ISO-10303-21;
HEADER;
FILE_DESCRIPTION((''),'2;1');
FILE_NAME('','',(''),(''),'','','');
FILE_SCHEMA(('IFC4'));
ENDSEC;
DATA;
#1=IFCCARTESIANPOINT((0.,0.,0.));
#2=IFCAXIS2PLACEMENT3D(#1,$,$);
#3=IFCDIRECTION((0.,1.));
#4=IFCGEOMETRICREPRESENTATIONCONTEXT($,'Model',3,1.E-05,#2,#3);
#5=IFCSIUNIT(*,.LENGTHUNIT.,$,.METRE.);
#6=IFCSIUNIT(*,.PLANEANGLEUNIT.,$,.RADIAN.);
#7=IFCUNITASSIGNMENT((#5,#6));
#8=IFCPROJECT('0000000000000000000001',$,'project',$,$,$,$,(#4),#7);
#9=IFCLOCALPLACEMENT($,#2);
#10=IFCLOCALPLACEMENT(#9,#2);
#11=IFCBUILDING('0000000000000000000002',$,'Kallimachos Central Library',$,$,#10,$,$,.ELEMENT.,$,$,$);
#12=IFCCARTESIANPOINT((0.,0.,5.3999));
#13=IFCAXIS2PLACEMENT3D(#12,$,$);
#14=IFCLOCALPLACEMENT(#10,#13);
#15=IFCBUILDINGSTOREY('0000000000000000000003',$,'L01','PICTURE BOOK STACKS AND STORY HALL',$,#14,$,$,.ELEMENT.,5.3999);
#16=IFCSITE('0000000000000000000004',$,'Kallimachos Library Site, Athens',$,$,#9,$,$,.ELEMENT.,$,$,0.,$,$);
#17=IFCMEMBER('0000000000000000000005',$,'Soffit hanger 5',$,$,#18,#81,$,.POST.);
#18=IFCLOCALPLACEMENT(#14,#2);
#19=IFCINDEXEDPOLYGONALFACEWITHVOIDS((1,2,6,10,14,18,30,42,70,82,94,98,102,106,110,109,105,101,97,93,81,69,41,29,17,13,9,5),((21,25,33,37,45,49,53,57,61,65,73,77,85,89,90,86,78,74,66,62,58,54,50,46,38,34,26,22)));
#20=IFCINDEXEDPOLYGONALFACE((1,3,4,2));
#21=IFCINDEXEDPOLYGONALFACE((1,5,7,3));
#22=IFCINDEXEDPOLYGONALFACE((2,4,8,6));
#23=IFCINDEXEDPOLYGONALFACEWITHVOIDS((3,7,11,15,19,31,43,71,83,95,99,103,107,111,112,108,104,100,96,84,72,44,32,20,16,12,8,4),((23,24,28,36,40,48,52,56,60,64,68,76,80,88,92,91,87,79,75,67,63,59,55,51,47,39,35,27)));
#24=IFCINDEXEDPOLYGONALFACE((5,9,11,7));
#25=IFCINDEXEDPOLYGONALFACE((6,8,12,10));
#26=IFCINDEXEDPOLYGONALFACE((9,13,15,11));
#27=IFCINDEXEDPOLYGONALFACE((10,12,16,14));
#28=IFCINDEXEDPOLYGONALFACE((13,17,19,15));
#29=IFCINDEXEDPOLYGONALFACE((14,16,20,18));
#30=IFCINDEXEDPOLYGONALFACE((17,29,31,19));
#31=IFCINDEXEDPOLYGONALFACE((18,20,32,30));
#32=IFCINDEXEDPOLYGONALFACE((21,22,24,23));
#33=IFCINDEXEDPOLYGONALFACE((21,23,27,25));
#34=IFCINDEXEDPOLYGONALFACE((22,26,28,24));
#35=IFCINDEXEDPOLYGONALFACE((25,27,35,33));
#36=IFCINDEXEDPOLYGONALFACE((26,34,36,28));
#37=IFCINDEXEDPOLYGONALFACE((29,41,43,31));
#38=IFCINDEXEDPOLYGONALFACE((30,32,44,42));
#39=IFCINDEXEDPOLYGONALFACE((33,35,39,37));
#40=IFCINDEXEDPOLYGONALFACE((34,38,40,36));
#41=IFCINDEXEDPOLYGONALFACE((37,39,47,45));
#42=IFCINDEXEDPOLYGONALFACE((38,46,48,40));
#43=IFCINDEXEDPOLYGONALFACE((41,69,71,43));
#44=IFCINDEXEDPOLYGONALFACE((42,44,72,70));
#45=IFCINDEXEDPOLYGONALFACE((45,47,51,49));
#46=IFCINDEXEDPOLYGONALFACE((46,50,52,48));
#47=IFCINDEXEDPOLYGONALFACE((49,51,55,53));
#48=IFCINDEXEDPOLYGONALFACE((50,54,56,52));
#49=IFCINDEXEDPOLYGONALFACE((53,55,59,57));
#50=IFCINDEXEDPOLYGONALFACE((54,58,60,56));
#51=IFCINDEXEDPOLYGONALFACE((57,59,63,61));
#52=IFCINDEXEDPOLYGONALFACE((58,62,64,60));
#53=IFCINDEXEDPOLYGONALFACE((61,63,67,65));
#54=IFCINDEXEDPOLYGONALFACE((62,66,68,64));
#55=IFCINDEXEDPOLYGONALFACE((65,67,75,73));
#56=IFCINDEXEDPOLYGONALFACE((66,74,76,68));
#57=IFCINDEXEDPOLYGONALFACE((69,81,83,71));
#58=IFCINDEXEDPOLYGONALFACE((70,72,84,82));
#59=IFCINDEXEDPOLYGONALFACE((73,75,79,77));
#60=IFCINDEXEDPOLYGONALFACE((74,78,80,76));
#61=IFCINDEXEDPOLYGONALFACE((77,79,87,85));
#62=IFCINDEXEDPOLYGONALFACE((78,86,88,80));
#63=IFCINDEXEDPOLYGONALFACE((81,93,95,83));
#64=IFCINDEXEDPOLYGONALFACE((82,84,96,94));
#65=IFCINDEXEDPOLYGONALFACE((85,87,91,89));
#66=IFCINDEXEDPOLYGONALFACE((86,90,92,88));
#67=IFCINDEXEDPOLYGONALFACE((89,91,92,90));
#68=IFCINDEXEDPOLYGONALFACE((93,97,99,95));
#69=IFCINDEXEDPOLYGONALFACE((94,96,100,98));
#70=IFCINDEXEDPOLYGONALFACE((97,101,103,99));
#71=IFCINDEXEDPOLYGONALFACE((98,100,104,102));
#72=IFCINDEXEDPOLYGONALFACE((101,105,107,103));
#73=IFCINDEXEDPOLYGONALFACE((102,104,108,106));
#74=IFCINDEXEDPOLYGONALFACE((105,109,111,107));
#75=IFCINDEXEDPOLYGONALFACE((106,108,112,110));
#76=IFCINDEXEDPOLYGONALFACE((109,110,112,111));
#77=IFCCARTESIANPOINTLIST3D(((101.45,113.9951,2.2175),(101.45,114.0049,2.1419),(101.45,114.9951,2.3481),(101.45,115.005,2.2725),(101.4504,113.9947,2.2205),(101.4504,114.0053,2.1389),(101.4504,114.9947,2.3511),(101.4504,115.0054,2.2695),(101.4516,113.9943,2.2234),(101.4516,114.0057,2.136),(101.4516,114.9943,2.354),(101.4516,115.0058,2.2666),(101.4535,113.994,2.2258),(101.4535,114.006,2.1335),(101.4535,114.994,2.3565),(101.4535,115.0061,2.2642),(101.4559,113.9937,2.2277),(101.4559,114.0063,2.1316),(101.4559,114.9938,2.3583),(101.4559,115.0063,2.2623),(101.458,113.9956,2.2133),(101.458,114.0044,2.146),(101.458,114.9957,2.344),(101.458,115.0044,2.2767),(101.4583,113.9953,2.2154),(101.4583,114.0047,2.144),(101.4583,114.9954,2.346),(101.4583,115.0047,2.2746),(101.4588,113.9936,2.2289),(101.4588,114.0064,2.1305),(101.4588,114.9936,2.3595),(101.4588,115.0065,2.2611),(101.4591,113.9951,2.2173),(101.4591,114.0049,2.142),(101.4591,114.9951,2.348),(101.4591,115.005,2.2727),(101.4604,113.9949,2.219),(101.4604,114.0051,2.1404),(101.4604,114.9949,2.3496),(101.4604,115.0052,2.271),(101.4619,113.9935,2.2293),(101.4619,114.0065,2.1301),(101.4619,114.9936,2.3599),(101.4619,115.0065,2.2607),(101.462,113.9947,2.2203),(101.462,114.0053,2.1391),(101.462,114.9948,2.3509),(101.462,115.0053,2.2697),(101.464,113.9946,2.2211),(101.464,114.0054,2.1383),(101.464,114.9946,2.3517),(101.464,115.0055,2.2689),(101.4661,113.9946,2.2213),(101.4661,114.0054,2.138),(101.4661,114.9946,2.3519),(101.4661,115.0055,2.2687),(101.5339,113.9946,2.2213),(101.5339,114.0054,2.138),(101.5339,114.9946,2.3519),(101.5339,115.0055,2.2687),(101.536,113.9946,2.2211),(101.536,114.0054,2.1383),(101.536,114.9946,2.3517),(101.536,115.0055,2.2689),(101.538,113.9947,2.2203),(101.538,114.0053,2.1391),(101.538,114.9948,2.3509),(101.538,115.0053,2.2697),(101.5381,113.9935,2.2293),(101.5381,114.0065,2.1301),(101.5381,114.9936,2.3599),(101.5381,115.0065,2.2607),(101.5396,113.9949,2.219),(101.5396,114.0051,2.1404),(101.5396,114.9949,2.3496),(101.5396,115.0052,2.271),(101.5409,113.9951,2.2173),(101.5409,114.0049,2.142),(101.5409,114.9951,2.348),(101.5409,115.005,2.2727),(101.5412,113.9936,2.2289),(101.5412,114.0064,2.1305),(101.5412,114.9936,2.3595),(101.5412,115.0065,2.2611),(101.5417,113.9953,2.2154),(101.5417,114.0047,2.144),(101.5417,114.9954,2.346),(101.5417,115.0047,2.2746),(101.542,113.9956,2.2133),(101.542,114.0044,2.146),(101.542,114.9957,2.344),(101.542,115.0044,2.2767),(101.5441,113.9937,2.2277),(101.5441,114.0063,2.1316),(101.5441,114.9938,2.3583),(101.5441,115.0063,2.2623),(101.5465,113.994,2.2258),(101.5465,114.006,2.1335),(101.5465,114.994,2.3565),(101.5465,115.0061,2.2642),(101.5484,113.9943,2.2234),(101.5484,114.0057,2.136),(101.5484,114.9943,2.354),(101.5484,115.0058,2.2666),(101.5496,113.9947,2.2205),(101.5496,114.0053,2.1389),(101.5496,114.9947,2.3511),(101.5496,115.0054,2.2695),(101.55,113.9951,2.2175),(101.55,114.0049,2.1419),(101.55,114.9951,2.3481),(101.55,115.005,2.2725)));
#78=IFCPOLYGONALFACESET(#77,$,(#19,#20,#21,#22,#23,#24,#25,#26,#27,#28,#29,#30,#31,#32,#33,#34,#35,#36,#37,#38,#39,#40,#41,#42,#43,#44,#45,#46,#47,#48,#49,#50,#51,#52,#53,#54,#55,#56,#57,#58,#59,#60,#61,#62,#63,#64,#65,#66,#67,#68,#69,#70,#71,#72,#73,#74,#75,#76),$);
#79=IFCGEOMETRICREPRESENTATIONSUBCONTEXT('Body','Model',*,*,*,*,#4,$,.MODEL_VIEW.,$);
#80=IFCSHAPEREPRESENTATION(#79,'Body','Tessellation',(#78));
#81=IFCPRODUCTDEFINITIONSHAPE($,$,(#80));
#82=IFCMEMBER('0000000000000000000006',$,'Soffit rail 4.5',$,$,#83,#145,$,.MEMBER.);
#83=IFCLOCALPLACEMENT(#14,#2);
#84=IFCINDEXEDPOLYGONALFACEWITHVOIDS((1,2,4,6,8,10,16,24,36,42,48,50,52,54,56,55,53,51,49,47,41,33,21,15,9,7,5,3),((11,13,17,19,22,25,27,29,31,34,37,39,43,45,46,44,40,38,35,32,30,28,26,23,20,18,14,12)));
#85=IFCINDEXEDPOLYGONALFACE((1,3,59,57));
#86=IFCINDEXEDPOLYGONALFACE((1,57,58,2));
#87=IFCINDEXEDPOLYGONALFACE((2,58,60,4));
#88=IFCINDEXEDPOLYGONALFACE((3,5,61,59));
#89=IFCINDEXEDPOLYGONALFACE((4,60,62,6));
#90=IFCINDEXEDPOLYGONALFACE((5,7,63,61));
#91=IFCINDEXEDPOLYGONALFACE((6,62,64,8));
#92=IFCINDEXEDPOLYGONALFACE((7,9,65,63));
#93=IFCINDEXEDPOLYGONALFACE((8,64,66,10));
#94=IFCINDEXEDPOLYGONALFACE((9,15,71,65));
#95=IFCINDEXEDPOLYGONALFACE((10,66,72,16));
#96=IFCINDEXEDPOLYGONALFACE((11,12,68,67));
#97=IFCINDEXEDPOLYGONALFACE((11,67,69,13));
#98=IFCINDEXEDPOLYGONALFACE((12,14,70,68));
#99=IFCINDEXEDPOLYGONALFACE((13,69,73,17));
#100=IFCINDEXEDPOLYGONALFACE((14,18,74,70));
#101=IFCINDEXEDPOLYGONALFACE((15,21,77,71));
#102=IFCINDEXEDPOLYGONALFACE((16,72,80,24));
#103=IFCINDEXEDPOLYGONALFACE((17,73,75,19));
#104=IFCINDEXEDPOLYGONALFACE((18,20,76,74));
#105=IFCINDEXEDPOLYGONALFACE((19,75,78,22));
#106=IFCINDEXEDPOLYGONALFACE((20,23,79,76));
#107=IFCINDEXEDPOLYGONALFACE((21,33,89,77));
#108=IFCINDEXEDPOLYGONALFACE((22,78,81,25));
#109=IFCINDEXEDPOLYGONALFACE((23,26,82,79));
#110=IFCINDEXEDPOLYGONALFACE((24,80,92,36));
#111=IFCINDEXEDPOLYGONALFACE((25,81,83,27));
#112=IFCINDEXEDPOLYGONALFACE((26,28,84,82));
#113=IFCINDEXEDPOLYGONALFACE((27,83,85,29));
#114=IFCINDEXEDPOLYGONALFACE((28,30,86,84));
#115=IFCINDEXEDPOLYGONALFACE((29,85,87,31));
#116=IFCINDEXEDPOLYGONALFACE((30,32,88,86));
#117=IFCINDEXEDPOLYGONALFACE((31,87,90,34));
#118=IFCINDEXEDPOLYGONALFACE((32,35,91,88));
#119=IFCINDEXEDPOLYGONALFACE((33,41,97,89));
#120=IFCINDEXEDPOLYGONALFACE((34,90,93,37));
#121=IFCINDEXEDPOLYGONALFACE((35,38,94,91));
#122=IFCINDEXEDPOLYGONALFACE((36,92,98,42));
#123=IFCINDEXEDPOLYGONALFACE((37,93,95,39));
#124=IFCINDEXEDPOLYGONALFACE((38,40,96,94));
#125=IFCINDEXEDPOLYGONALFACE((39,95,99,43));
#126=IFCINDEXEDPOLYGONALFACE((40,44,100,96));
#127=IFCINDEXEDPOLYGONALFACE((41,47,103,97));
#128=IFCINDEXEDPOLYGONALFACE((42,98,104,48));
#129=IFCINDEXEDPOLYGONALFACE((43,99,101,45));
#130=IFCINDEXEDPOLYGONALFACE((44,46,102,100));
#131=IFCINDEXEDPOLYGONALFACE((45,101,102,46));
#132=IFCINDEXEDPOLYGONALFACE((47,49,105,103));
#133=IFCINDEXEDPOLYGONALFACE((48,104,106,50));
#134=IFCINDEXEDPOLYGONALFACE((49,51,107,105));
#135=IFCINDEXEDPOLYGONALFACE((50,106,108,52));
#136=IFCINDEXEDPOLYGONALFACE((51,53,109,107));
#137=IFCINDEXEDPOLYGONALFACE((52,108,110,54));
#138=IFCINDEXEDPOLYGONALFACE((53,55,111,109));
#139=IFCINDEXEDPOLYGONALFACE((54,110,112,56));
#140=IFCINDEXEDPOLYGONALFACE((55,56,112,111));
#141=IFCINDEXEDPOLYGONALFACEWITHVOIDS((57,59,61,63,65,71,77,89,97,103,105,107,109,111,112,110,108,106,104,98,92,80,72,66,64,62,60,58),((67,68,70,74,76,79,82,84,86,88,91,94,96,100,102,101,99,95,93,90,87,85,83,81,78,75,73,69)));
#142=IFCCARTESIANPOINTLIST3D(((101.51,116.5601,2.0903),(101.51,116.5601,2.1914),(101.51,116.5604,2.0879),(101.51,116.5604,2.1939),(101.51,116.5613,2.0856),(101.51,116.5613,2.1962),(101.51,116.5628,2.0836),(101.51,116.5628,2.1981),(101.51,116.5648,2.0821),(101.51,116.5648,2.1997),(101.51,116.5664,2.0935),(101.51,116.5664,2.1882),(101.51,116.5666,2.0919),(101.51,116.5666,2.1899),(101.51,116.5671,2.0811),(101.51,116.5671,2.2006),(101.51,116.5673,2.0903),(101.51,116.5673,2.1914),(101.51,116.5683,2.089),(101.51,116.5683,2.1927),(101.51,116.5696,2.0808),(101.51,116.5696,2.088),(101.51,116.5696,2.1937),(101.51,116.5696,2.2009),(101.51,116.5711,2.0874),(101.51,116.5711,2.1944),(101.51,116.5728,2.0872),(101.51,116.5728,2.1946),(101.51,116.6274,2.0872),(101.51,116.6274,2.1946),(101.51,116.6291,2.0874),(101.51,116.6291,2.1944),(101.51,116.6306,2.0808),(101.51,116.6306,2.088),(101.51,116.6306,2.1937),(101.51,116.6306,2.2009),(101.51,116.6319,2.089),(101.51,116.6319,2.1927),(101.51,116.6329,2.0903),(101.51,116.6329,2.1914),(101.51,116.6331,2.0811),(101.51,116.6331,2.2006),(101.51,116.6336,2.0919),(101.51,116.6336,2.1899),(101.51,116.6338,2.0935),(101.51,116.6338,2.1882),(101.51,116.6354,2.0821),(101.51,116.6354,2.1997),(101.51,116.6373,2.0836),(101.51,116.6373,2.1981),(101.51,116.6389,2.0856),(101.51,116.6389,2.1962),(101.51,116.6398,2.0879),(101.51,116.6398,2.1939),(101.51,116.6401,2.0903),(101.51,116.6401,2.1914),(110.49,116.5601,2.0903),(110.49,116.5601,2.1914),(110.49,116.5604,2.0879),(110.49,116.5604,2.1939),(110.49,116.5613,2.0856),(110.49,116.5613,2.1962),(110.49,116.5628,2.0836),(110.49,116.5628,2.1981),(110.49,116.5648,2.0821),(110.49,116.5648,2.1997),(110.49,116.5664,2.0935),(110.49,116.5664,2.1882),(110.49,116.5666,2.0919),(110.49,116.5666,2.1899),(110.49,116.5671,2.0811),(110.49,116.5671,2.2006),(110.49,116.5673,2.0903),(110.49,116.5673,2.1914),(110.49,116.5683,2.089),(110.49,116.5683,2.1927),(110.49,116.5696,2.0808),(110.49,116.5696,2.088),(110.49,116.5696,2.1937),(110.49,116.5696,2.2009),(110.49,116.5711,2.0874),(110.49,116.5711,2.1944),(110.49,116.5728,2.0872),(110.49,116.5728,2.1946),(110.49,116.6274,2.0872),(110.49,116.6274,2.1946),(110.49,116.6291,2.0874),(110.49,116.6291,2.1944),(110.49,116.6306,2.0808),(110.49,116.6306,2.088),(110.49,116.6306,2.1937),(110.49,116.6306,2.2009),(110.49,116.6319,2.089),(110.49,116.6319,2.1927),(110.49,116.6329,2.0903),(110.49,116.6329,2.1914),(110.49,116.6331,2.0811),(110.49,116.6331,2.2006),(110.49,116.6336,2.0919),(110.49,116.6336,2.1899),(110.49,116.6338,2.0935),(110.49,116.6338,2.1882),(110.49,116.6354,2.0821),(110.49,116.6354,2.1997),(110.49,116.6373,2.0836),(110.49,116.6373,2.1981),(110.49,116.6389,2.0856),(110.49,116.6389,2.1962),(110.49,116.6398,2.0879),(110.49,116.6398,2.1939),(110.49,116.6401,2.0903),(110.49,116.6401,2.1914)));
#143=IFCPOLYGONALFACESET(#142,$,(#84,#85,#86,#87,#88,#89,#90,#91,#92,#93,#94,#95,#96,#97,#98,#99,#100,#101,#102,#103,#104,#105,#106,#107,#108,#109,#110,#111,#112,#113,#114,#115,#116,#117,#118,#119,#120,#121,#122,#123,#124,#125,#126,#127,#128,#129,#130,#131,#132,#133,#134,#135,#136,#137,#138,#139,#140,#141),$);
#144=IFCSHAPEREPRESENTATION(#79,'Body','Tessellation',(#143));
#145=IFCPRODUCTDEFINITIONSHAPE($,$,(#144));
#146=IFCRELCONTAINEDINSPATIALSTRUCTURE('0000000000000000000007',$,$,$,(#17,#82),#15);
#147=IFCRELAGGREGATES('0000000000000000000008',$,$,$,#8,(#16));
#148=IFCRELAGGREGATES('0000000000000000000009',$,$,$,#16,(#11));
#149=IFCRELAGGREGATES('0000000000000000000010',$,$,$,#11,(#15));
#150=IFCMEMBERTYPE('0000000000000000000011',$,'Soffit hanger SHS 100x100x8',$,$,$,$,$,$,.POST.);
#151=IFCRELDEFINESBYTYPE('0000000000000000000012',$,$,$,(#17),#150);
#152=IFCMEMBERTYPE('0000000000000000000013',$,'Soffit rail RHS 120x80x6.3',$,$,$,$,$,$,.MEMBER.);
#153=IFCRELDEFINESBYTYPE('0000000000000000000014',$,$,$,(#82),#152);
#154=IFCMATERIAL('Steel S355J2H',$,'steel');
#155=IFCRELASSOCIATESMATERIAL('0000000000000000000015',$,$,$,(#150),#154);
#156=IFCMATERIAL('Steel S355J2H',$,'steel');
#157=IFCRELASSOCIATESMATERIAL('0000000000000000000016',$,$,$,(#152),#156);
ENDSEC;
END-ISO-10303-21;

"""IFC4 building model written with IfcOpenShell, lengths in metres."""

from ifc_helpers import new_model, si_unit, direction, frame, origin, origin_2d, place, context, subcontext, project, spatial, hollow_rectangle, extrude, material, material_profile, profile_set, type_object, element, save


model = new_model("IFC4")

# Units and contexts
model_context = context("Model", 3, precision=1e-05, world=origin(), true_north=direction((0.0, 1.0)))
body_context = subcontext(model_context, "Body", "Model", "MODEL_VIEW")
ifc_project = project(units=[si_unit("LENGTHUNIT", "METRE"), si_unit("PLANEANGLEUNIT", "RADIAN")], contexts=[model_context])

# Site, building, storey
site_placement = place(None, origin())
site = spatial("IfcSite", under=ifc_project, at=site_placement, Name="Kallimachos Library Site, Athens", CompositionType="ELEMENT", RefElevation=0.0)
building_placement = place(site_placement, origin())
building = spatial("IfcBuilding", under=site, at=building_placement, Name="Kallimachos Central Library", CompositionType="ELEMENT")
storey_placement = place(building_placement, frame((0.0, 0.0, 5.3999)))
storey = spatial("IfcBuildingStorey", under=building, at=storey_placement, Name="L01", Description="PICTURE BOOK STACKS AND STORY HALL", CompositionType="ELEMENT", Elevation=5.3999)

# Members
ifc_material_1 = material(Name="Steel S355J2H", Category="steel")
ifc_material_profile_1 = material_profile(ifc_material_1, hollow_rectangle(XDim=0.1001, YDim=0.1001, WallThickness=0.0081, InnerFilletRadius=0.0081, OuterFilletRadius=0.012, at=origin_2d()), Name="SHS 100x100x8")
ifc_profile_set_1 = profile_set([ifc_material_profile_1], Name="Steel S355J2H")
member_type_1 = type_object("IfcMemberType", Name="Soffit hanger SHS 100x100x8", PredefinedType="POST", material=ifc_profile_set_1)
member_1_placement = place(storey_placement, frame((101.5, 114.0, 2.1797), z_axis=(0.0, 0.991577, 0.129515), x_axis=(-1.0, 0.0, 0.0)))
element("IfcMember", 1, at=member_1_placement, inside=storey, type_object=member_type_1, Name="Soffit hanger 5", PredefinedType="POST", context=body_context, shape_type="SweptSolid", body=[
    extrude(hollow_rectangle(XDim=0.1001, YDim=0.1001, WallThickness=0.0081, InnerFilletRadius=0.0081, OuterFilletRadius=0.012, at=origin_2d()), origin(), (0.0, 0.0, 1.0), 1.0085),
])
ifc_material_2 = material(Name="Steel S355J2H", Category="steel")
ifc_material_profile_2 = material_profile(ifc_material_2, hollow_rectangle(XDim=0.0801, YDim=0.1201, WallThickness=0.0063, InnerFilletRadius=0.0063, OuterFilletRadius=0.0095, at=origin_2d()), Name="RHS 120x80x6.3")
ifc_profile_set_2 = profile_set([ifc_material_profile_2], Name="Steel S355J2H")
member_type_2 = type_object("IfcMemberType", Name="Soffit rail RHS 120x80x6.3", PredefinedType="MEMBER", material=ifc_profile_set_2)
for number, where, z_axis, x_axis, name in (
    (2, (101.51, 116.6001, 2.1409), (1.0, 0.0, 0.0), (0.0, 1.0, 0.0), "Soffit rail 4.5"),
):
    element("IfcMember", number, at=place(storey_placement, frame(where, z_axis=z_axis, x_axis=x_axis)), inside=storey, type_object=member_type_2, Name=name, PredefinedType="MEMBER", context=body_context, shape_type="SweptSolid", body=[
        extrude(hollow_rectangle(XDim=0.0801, YDim=0.1201, WallThickness=0.0063, InnerFilletRadius=0.0063, OuterFilletRadius=0.0095, at=origin_2d()), origin(), (0.0, 0.0, 1.0), 8.98),
    ])

save(model, "model.ifc")
